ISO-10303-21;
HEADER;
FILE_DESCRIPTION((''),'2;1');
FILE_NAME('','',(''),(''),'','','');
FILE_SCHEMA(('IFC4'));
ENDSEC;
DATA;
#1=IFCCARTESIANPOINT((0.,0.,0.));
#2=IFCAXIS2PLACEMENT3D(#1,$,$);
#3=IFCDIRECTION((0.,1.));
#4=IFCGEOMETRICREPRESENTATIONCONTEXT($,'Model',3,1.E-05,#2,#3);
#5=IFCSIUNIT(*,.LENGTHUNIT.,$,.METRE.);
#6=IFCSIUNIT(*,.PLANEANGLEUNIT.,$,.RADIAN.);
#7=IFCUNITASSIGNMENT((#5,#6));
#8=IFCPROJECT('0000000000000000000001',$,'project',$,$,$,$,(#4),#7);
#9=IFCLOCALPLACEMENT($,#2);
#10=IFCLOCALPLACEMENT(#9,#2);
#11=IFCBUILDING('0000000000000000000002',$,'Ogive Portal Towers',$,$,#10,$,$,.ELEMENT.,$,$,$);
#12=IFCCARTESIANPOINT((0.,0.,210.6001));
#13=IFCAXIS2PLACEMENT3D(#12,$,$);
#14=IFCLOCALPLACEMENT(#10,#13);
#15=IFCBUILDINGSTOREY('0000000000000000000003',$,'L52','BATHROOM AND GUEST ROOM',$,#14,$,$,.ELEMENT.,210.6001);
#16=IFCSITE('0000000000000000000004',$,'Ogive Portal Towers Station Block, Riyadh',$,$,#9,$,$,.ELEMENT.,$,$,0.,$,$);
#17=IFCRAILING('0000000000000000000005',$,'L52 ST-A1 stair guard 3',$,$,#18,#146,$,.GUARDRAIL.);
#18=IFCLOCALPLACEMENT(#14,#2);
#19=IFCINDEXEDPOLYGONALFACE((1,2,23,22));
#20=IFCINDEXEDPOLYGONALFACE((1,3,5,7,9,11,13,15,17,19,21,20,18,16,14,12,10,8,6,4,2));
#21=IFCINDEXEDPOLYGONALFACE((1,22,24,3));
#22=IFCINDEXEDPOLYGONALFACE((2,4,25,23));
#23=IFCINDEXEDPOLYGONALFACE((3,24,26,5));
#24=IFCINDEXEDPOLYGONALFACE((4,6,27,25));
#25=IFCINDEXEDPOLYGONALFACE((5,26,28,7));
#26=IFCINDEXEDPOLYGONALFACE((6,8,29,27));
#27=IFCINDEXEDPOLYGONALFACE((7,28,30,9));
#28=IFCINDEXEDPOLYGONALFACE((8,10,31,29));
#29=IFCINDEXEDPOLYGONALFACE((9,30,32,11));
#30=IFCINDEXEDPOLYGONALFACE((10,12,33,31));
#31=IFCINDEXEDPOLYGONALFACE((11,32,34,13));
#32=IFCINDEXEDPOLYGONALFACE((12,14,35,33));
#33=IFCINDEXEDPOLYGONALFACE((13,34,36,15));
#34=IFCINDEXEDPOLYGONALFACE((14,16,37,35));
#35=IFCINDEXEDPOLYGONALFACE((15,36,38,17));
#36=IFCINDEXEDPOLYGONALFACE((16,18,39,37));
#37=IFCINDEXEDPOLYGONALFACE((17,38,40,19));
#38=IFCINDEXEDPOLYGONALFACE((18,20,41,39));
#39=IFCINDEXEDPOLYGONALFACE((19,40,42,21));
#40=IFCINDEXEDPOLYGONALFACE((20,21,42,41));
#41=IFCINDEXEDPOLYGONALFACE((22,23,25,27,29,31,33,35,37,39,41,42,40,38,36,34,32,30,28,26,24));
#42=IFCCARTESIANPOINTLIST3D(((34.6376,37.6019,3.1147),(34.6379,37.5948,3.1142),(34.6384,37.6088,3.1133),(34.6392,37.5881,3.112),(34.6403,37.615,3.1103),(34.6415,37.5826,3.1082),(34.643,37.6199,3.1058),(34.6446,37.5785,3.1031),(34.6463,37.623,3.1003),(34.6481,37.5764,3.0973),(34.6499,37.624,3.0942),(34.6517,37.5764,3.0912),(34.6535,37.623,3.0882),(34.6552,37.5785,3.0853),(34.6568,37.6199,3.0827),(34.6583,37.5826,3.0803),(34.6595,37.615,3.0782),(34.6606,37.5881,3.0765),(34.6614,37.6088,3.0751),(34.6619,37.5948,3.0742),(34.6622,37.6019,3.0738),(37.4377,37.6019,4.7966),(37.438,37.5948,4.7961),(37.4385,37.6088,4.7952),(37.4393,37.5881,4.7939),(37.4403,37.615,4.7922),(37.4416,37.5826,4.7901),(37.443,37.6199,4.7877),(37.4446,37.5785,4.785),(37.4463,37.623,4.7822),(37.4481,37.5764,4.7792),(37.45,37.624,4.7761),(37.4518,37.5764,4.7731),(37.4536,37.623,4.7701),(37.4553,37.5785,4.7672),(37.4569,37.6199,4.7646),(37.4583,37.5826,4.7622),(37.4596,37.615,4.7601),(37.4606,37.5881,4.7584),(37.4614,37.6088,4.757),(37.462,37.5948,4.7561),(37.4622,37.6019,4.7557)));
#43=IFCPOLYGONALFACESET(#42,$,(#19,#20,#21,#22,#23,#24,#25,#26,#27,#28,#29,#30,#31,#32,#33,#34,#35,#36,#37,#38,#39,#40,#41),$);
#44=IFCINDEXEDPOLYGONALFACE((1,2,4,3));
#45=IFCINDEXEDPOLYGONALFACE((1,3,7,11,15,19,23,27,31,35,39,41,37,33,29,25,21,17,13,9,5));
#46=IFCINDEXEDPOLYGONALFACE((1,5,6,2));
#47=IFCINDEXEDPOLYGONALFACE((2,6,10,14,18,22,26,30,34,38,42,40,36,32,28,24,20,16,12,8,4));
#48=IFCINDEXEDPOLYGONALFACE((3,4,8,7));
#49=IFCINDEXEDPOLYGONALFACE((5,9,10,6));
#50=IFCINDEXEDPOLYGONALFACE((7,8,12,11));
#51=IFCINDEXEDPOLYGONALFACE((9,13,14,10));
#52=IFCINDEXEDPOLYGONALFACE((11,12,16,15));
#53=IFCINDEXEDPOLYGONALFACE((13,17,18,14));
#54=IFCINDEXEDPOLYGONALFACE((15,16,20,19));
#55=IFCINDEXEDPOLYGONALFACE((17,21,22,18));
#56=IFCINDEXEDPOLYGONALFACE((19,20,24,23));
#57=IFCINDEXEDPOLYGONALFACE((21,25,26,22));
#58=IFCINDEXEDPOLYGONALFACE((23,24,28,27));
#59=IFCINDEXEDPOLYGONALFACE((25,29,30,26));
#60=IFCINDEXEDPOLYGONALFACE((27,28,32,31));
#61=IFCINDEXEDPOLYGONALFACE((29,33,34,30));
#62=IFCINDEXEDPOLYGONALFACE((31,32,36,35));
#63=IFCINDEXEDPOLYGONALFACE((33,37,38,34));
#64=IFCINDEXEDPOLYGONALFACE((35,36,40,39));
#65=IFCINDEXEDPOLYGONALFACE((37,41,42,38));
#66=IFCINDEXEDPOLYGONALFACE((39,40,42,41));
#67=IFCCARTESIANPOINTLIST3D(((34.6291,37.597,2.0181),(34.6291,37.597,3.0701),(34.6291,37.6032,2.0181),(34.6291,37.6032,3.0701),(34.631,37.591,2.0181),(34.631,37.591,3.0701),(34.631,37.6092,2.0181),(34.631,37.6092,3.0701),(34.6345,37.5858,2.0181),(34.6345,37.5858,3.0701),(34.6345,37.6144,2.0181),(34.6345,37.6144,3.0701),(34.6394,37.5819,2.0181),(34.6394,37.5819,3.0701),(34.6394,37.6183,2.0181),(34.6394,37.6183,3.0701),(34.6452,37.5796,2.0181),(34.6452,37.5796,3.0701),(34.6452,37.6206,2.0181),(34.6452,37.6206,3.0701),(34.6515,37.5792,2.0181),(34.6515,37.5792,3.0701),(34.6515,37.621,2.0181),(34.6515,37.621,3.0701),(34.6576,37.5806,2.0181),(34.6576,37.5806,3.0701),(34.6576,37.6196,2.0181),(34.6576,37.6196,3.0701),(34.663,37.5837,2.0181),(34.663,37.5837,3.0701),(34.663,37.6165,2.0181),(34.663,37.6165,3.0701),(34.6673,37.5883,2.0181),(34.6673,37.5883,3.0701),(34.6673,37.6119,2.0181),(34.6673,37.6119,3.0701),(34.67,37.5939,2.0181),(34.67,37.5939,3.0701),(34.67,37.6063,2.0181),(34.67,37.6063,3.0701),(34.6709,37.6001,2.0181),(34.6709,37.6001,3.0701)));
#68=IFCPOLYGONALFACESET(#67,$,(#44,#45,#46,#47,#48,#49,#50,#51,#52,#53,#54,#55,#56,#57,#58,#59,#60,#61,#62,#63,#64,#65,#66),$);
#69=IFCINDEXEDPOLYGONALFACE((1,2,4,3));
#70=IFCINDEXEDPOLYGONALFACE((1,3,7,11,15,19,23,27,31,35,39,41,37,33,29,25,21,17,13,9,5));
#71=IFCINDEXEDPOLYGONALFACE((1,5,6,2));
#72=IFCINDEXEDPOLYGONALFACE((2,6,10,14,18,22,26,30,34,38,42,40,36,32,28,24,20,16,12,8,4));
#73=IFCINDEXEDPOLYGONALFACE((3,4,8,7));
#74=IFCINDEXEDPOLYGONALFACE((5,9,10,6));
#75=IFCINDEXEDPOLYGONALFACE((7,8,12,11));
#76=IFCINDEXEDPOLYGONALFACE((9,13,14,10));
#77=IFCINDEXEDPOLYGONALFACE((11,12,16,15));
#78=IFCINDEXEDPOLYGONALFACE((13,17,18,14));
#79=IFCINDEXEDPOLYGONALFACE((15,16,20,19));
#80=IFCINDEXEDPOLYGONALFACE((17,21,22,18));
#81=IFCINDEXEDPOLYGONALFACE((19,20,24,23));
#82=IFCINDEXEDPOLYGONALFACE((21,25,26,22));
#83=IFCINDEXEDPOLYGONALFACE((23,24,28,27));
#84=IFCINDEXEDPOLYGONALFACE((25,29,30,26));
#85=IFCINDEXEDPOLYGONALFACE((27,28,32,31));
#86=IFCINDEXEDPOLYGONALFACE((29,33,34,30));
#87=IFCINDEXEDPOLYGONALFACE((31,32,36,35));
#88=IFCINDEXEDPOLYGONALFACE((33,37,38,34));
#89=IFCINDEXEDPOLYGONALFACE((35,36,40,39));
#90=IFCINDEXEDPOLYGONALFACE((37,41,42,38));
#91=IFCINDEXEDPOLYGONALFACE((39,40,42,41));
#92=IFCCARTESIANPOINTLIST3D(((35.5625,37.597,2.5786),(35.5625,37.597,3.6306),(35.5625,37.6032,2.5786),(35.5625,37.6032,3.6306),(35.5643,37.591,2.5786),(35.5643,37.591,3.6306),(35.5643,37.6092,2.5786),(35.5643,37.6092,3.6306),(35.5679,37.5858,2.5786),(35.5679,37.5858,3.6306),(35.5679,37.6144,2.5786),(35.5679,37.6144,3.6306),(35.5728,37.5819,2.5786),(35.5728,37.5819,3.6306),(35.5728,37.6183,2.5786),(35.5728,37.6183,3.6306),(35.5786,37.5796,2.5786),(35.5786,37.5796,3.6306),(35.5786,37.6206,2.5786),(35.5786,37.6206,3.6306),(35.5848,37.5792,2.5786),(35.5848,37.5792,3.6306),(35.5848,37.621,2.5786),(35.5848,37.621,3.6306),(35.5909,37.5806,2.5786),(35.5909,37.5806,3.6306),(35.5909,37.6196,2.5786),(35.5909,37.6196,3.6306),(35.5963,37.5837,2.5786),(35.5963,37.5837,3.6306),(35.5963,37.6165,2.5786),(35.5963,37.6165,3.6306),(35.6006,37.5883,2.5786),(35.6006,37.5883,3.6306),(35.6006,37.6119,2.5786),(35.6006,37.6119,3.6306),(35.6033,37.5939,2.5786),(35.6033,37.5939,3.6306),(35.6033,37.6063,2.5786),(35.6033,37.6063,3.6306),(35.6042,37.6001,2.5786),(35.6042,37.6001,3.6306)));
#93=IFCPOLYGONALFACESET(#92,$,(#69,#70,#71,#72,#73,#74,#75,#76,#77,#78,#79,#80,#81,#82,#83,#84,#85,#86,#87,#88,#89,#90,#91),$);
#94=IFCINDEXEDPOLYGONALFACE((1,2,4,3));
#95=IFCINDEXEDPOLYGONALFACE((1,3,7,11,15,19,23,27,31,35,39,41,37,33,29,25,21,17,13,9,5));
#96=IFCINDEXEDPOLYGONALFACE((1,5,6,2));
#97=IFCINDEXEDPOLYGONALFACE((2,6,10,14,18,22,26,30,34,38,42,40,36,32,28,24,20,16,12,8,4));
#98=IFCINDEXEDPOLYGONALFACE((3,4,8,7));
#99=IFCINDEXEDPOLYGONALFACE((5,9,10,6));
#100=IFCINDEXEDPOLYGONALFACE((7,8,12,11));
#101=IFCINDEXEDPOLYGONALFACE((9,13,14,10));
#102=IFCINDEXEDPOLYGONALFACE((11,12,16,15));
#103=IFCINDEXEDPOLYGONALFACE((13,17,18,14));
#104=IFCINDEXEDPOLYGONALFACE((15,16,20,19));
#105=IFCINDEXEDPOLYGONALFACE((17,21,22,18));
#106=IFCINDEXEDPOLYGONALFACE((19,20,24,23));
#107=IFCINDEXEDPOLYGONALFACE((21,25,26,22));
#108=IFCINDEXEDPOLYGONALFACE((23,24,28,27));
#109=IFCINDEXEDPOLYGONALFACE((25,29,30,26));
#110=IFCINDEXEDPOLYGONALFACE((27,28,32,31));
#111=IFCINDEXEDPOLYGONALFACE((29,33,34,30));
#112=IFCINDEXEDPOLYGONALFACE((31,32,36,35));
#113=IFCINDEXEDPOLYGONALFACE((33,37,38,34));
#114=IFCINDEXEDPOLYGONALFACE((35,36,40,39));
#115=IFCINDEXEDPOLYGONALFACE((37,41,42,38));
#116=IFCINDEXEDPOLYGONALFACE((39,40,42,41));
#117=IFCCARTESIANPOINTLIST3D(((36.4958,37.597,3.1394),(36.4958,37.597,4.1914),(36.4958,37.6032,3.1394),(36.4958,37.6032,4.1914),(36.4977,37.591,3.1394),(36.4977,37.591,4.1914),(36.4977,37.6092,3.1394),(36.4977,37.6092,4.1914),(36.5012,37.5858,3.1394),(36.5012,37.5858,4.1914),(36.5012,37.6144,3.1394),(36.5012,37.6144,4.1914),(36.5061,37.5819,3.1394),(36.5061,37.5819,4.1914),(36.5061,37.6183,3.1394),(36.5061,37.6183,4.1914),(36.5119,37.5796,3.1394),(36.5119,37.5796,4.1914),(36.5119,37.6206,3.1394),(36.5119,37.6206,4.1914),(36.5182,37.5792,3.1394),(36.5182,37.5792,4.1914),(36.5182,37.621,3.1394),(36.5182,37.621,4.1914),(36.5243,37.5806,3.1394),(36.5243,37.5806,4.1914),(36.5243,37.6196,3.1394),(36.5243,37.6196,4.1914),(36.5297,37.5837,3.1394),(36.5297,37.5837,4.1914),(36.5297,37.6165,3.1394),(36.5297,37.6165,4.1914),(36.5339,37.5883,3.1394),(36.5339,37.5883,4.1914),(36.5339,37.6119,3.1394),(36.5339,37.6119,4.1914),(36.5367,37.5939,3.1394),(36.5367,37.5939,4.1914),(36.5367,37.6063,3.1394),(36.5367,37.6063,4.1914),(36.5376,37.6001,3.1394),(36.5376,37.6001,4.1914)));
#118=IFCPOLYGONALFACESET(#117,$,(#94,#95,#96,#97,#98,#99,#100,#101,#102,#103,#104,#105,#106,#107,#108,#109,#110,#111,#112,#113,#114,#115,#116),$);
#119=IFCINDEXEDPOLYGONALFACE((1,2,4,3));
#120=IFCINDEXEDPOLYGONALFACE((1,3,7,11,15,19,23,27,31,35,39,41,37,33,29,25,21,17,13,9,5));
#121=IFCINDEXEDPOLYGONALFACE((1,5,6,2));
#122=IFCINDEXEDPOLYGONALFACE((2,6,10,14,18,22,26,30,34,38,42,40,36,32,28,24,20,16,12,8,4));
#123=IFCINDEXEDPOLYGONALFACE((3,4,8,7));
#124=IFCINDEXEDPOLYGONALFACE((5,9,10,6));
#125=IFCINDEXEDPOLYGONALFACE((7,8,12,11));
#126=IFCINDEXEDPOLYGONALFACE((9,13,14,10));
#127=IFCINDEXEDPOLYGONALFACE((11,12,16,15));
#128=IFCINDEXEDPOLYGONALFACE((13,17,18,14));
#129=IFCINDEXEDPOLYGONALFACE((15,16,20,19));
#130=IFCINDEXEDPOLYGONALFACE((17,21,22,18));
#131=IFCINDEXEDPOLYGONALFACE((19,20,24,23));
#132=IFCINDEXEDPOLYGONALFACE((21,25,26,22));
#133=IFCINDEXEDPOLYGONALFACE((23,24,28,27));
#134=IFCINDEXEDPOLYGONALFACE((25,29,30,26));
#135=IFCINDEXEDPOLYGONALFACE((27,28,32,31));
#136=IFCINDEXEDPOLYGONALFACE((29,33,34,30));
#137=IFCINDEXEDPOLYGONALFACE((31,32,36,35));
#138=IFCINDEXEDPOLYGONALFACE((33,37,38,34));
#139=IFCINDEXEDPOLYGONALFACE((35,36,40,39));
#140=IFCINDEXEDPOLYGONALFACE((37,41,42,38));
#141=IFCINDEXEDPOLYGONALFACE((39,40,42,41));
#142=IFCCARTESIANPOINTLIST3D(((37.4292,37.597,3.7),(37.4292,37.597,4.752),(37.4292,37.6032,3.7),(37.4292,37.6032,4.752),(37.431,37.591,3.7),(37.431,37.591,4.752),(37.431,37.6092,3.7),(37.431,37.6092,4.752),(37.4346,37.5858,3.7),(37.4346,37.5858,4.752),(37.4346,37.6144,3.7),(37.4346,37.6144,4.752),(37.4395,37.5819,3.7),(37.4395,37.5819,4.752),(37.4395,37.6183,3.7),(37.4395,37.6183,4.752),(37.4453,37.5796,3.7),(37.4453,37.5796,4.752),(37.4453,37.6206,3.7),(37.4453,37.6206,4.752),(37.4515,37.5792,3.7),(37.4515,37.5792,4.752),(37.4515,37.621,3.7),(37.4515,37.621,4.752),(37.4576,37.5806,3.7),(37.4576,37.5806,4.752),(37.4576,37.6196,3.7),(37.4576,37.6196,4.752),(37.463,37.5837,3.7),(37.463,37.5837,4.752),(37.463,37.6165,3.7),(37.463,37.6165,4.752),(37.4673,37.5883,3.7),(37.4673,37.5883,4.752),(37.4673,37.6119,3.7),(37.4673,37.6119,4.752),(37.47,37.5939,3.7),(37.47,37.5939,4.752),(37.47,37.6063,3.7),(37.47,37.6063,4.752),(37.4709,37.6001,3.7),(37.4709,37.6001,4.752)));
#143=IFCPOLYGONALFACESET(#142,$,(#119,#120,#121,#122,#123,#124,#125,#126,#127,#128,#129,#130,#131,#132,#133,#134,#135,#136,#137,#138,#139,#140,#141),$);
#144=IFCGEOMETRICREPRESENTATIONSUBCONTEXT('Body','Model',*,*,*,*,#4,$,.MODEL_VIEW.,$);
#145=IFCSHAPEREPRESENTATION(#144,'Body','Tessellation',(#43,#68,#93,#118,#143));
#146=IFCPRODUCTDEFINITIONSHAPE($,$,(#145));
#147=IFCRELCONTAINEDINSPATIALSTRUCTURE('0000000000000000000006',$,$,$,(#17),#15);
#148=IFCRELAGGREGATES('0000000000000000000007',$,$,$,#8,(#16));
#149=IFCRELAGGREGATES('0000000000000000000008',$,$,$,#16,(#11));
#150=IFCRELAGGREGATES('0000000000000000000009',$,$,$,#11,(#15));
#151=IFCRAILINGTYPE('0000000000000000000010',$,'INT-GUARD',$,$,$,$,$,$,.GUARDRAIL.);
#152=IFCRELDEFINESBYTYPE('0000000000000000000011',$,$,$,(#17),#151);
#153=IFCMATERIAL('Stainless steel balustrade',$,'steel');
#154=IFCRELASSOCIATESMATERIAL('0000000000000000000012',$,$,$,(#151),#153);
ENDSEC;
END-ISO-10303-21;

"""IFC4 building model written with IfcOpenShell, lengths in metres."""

from ifc_helpers import new_model, si_unit, direction, frame, origin, origin_2d, place, context, subcontext, project, spatial, circle, extrude, material, type_object, element, save


model = new_model("IFC4")

# Units and contexts
model_context = context("Model", 3, precision=1e-05, world=origin(), true_north=direction((0.0, 1.0)))
body_context = subcontext(model_context, "Body", "Model", "MODEL_VIEW")
ifc_project = project(units=[si_unit("LENGTHUNIT", "METRE"), si_unit("PLANEANGLEUNIT", "RADIAN")], contexts=[model_context])

# Site, building, storey
site_placement = place(None, origin())
site = spatial("IfcSite", under=ifc_project, at=site_placement, Name="Ogive Portal Towers Station Block, Riyadh", CompositionType="ELEMENT", RefElevation=0.0)
building_placement = place(site_placement, origin())
building = spatial("IfcBuilding", under=site, at=building_placement, Name="Ogive Portal Towers", CompositionType="ELEMENT")
storey_placement = place(building_placement, frame((0.0, 0.0, 210.6001)))
storey = spatial("IfcBuildingStorey", under=building, at=storey_placement, Name="L52", Description="BATHROOM AND GUEST ROOM", CompositionType="ELEMENT", Elevation=210.6001)

# Railing
ifc_material_1 = material(Name="Stainless steel balustrade", Category="steel")
railing_type_1 = type_object("IfcRailingType", Name="INT-GUARD", PredefinedType="GUARDRAIL", material=ifc_material_1)
railing_1_placement = place(storey_placement, frame((34.6499, 37.6001, 2.0181)))
element("IfcRailing", 1, at=railing_1_placement, inside=storey, type_object=railing_type_1, Name="L52 ST-A1 stair guard 3", PredefinedType="GUARDRAIL", context=body_context, shape_type="SweptSolid", body=[
    extrude(circle(Radius=0.0239, at=origin_2d()), frame((0.0, 0.0, 1.0762), z_axis=(0.857242, 0.0, 0.514913), x_axis=(0.0, 1.0, 0.0)), (0.0, 0.0, 1.0), 3.2664),
    extrude(circle(Radius=0.021, at=origin_2d()), origin(), (0.0, 0.0, 1.0), 1.052),
    extrude(circle(Radius=0.021, at=origin_2d()), frame((0.9333, 0.0, 0.5605)), (0.0, 0.0, 1.0), 1.052),
    extrude(circle(Radius=0.021, at=origin_2d()), frame((1.8667, 0.0, 1.1213)), (0.0, 0.0, 1.0), 1.052),
    extrude(circle(Radius=0.021, at=origin_2d()), frame((2.8, 0.0, 1.6819)), (0.0, 0.0, 1.0), 1.052),
])

save(model, "model.ifc")
